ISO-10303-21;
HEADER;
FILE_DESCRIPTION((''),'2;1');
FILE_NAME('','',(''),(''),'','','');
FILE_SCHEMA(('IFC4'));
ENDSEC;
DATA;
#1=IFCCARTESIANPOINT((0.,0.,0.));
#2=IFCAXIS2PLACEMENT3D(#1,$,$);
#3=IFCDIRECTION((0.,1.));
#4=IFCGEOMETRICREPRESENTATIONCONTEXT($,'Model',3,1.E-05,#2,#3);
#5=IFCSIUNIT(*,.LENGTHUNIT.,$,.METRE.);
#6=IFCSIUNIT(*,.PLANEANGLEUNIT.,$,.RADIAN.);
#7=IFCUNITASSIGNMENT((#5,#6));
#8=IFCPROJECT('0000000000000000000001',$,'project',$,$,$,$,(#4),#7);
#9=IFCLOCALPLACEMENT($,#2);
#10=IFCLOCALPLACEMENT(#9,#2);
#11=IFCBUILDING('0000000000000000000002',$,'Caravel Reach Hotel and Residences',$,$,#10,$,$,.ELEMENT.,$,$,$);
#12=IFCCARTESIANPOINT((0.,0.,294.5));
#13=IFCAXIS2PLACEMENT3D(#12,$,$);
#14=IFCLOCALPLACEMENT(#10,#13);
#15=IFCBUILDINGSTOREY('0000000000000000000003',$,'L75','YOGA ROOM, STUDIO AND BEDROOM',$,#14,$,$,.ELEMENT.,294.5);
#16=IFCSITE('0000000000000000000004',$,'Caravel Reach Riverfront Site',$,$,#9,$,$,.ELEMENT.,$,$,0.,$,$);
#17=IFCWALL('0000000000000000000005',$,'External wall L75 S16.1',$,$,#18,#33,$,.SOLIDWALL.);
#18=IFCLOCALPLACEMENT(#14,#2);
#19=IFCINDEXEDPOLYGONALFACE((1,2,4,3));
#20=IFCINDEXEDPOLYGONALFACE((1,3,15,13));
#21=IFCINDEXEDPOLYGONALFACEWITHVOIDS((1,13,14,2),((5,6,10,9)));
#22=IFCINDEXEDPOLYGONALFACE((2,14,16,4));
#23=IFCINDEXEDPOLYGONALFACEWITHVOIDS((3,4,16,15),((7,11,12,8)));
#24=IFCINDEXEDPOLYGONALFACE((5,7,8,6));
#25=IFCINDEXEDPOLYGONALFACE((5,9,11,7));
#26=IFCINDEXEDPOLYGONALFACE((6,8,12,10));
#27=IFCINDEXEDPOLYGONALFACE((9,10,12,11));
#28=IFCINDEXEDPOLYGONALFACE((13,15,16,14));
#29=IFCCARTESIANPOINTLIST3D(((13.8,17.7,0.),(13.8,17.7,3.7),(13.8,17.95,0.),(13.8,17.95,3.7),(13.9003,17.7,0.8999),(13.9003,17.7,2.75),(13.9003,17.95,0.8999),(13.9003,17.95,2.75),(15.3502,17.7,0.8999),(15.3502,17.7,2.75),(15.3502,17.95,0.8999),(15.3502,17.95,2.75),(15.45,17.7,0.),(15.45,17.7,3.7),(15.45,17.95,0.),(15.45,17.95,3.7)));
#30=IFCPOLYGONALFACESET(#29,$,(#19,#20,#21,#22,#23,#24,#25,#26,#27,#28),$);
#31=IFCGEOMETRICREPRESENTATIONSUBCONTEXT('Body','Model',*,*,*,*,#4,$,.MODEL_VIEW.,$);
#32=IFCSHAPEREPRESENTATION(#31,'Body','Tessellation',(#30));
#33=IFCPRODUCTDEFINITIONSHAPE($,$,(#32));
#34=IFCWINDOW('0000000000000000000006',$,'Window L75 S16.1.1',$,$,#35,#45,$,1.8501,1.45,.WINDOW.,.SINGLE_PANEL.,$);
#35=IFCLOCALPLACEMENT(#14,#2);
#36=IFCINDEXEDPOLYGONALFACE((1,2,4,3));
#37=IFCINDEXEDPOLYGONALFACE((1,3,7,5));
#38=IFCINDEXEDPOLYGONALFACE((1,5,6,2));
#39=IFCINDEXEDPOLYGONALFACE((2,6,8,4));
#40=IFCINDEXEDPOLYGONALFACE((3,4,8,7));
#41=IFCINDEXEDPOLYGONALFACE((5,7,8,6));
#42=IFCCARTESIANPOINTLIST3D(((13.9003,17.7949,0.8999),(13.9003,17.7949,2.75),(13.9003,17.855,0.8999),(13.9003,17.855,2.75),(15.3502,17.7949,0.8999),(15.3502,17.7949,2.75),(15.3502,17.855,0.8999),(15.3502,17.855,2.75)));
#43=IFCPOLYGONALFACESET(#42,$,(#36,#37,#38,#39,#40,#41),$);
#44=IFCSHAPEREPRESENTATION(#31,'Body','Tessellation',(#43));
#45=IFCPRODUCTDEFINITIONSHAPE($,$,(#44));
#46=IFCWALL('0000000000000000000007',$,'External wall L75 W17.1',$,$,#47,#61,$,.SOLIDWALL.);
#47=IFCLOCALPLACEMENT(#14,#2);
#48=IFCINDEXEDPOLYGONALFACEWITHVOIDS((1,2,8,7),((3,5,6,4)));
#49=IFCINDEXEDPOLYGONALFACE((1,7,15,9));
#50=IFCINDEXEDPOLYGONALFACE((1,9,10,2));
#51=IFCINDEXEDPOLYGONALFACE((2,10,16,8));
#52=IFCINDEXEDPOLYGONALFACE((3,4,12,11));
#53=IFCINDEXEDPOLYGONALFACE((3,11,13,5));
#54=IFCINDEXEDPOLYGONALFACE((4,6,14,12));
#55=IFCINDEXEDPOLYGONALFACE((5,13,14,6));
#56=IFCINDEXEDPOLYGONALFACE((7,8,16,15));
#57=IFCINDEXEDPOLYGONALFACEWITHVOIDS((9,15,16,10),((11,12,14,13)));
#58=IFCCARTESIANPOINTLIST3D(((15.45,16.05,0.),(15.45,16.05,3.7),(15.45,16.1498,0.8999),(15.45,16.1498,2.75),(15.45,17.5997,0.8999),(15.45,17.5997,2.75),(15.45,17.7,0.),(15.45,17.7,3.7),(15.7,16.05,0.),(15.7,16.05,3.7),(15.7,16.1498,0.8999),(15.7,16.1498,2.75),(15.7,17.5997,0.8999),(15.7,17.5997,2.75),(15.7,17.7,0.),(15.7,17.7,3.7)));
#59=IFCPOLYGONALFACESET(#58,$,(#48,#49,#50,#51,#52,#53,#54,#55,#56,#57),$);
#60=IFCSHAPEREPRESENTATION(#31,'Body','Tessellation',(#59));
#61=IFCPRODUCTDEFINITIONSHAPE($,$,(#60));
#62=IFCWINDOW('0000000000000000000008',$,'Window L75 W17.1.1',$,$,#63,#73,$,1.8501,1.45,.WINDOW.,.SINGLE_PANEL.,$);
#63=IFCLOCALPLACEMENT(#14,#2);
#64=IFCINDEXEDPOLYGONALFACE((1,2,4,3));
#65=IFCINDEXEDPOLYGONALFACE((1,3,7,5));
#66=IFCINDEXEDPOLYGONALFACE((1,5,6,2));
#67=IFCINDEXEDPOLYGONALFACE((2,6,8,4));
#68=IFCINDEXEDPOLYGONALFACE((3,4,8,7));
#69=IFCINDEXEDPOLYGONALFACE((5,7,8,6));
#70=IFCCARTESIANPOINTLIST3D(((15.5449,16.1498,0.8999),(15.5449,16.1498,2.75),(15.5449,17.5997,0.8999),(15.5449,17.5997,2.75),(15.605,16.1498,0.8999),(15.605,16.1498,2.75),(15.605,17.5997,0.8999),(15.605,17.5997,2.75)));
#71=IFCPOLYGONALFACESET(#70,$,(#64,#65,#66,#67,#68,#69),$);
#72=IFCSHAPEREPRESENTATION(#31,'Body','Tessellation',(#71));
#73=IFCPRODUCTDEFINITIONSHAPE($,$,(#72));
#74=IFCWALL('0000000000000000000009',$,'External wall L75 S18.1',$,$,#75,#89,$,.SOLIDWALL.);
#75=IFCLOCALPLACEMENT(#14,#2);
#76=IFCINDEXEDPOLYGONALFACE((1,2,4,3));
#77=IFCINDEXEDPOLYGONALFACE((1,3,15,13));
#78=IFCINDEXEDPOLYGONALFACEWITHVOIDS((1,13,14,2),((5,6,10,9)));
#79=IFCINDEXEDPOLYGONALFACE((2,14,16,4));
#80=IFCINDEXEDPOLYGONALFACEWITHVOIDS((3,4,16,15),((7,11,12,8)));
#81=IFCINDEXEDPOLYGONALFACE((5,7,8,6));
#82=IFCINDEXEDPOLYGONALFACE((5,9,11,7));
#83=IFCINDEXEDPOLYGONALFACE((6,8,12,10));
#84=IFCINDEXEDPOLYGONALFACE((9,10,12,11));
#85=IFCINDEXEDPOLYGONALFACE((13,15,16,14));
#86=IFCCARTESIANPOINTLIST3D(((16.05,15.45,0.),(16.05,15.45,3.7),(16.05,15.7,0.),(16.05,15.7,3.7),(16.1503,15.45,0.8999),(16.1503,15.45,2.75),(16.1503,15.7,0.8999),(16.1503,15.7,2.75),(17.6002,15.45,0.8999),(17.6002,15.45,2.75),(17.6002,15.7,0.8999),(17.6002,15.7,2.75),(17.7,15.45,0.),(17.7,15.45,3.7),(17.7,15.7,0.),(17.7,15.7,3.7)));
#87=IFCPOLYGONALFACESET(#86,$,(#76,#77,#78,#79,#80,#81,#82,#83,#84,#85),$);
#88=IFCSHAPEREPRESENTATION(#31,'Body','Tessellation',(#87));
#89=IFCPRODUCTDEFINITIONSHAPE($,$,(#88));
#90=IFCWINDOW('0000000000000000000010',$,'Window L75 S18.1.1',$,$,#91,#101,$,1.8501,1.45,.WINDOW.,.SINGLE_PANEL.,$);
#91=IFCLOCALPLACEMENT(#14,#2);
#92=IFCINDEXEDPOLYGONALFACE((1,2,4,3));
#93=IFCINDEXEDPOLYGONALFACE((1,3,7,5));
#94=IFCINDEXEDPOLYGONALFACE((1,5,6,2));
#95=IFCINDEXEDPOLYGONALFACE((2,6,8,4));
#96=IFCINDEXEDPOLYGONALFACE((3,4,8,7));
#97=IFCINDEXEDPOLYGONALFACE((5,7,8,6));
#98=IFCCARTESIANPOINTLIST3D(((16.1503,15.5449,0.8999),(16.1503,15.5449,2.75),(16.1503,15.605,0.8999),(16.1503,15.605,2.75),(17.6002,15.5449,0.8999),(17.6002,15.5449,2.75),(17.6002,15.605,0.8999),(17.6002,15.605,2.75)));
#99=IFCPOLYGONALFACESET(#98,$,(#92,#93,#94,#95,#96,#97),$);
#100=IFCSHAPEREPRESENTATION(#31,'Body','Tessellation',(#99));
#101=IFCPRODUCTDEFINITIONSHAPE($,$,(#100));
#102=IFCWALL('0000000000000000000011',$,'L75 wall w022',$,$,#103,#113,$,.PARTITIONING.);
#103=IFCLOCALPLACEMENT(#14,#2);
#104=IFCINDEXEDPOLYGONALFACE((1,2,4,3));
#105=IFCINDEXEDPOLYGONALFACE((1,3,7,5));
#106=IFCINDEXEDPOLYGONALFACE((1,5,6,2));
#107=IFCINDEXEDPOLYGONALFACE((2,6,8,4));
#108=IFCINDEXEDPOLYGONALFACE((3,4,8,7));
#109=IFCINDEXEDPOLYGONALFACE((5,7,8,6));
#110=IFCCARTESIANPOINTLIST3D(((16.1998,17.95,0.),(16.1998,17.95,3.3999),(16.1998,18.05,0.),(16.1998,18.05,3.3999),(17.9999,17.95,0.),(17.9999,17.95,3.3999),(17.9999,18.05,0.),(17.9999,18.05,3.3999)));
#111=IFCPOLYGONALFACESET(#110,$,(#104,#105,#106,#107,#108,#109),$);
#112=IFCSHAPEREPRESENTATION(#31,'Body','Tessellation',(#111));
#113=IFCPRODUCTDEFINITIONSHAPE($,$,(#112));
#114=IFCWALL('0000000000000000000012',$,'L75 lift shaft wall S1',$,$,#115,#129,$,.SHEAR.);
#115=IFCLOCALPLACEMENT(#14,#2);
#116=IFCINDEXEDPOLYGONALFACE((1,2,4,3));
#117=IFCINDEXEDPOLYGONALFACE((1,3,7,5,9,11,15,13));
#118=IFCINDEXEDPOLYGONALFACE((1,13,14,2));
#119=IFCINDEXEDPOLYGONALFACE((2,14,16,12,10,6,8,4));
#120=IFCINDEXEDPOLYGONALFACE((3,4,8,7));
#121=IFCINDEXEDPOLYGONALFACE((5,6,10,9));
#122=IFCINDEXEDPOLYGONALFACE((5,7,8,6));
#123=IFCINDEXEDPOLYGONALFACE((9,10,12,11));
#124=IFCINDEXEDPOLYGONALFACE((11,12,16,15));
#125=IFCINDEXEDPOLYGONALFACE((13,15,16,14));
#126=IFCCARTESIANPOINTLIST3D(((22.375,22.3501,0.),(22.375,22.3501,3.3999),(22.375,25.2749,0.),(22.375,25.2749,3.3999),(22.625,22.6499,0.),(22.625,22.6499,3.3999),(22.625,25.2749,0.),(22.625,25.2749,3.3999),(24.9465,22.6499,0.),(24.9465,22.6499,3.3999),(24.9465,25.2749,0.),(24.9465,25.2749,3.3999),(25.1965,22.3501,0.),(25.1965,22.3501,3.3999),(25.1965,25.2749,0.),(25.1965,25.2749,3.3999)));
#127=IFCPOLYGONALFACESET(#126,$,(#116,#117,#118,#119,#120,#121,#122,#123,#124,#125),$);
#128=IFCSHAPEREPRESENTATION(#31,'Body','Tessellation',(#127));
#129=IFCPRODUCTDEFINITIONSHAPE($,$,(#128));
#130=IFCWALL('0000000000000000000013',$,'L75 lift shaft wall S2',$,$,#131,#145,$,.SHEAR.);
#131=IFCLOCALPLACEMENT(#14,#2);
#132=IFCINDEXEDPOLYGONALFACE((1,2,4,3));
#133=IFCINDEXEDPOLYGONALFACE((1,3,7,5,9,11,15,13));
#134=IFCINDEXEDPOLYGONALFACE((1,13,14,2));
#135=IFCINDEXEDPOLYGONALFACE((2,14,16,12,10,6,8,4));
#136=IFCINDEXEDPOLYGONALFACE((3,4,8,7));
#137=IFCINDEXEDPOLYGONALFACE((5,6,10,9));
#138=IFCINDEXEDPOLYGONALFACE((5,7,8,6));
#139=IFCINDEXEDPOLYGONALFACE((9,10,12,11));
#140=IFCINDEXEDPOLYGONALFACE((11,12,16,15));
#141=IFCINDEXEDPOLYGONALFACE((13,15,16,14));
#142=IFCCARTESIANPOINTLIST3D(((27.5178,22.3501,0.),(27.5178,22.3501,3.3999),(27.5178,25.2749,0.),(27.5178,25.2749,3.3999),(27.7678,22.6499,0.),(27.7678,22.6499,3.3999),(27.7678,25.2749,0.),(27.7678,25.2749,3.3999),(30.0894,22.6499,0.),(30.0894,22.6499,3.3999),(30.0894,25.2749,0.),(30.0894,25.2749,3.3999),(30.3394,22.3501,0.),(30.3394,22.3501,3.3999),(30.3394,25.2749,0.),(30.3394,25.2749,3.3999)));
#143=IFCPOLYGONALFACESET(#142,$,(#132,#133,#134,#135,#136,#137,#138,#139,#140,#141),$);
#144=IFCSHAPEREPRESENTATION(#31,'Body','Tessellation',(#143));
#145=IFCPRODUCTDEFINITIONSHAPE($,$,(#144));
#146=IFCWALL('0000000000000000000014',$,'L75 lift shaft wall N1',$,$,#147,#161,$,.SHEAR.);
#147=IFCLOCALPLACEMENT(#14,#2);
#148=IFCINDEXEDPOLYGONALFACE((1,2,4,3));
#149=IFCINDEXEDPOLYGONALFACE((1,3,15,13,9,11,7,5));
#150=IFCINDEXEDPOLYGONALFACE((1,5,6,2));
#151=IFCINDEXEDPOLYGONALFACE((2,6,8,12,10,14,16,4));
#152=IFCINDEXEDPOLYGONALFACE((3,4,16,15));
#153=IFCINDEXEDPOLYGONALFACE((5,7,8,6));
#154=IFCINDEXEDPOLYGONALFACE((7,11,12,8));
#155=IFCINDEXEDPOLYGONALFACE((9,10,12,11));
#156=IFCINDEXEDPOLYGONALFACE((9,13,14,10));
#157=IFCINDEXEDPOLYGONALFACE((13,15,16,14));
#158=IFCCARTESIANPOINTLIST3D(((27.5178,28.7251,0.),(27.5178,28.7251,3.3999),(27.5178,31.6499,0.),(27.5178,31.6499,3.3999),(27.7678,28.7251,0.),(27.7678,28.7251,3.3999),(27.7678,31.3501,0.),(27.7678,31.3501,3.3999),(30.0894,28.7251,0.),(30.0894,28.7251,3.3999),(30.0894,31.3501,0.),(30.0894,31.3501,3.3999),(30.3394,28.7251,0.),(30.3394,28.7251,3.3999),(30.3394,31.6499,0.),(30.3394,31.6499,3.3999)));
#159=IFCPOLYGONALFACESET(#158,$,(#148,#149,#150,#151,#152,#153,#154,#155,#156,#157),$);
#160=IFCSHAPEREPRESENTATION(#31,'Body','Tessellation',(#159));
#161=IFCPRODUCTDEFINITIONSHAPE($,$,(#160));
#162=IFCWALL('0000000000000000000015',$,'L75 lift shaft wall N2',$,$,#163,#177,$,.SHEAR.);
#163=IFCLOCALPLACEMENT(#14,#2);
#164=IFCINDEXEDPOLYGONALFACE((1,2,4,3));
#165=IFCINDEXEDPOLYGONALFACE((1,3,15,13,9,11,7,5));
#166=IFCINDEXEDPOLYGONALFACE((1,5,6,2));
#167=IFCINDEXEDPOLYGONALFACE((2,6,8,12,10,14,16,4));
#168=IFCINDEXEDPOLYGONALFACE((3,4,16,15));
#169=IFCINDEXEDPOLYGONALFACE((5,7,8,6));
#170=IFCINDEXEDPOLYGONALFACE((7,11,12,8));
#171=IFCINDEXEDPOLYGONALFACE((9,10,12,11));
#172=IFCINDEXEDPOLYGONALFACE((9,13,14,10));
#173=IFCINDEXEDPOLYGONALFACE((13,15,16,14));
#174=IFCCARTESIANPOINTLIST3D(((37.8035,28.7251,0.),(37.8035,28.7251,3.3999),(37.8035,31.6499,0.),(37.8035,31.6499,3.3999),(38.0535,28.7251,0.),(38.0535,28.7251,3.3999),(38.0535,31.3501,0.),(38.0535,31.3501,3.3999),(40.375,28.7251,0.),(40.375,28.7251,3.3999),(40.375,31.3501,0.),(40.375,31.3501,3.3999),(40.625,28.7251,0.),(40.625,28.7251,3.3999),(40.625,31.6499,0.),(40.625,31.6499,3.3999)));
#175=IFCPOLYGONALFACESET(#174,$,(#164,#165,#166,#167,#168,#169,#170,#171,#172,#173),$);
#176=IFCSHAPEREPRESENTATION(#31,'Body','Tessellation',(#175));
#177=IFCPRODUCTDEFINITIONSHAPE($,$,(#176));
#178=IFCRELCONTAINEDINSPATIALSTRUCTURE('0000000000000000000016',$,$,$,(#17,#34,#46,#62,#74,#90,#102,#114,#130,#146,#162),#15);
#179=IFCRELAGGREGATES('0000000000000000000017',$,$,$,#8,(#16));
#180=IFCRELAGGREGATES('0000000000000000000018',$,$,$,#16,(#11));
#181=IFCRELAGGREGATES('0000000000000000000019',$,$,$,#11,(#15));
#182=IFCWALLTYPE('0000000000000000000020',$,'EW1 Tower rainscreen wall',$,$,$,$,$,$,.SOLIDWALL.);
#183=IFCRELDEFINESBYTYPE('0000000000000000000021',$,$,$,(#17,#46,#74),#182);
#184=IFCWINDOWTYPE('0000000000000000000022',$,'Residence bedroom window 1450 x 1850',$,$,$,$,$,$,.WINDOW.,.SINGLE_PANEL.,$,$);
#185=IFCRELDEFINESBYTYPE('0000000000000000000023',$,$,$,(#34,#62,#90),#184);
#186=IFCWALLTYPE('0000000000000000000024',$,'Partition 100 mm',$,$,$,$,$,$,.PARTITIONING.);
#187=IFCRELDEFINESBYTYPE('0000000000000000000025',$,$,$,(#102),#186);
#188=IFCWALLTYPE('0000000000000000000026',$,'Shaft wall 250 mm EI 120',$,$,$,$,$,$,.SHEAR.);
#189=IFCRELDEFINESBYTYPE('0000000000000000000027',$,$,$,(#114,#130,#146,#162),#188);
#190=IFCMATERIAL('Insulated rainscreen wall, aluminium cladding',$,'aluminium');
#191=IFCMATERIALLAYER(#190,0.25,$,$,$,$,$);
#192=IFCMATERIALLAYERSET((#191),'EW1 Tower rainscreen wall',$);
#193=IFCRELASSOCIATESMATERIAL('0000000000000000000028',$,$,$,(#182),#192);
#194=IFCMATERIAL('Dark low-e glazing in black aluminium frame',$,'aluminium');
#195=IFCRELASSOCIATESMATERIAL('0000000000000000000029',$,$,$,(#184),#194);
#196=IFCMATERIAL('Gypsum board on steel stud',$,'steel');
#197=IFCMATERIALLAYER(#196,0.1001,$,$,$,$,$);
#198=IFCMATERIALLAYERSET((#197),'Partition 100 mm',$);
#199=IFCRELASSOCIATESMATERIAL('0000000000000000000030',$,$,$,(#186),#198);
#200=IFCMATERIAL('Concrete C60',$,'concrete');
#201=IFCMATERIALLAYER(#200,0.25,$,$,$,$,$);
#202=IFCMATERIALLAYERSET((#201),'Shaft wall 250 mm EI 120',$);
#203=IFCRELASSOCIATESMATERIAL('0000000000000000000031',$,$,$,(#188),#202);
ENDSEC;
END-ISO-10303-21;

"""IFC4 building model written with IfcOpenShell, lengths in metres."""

from ifc_helpers import new_model, si_unit, direction, frame, frame_2d, origin, place, context, subcontext, project, spatial, polyline, rectangle, outline, extrude, material, layer, layer_set, type_object, element, fill, save


model = new_model("IFC4")

# Units and contexts
model_context = context("Model", 3, precision=1e-05, world=origin(), true_north=direction((0.0, 1.0)))
body_context = subcontext(model_context, "Body", "Model", "MODEL_VIEW")
ifc_project = project(units=[si_unit("LENGTHUNIT", "METRE"), si_unit("PLANEANGLEUNIT", "RADIAN")], contexts=[model_context])

# Site, building, storey
site_placement = place(None, origin())
site = spatial("IfcSite", under=ifc_project, at=site_placement, Name="Caravel Reach Riverfront Site", CompositionType="ELEMENT", RefElevation=0.0)
building_placement = place(site_placement, origin())
building = spatial("IfcBuilding", under=site, at=building_placement, Name="Caravel Reach Hotel and Residences", CompositionType="ELEMENT")
storey_placement = place(building_placement, frame((0.0, 0.0, 294.5)))
storey = spatial("IfcBuildingStorey", under=building, at=storey_placement, Name="L75", Description="YOGA ROOM, STUDIO AND BEDROOM", CompositionType="ELEMENT", Elevation=294.5)

# Walls, openings, windows
ifc_material_1 = material(Name="Insulated rainscreen wall, aluminium cladding", Category="aluminium")
ifc_layer_1 = layer(ifc_material_1, 0.25)
ifc_layer_set_1 = layer_set([ifc_layer_1], Name="EW1 Tower rainscreen wall")
wall_type_1 = type_object("IfcWallType", Name="EW1 Tower rainscreen wall", PredefinedType="SOLIDWALL", material=ifc_layer_set_1)
wall_1_placement = place(storey_placement, frame((13.8, 17.825, 0.0), z_axis=(0.0, 0.0, 1.0), x_axis=(1.0, 0.0, 0.0)))
wall_1 = element("IfcWall", 1, at=wall_1_placement, inside=storey, type_object=wall_type_1, Name="External wall L75 S16.1", PredefinedType="SOLIDWALL", context=body_context, shape_type="SweptSolid", body=[
    extrude(rectangle(XDim=1.6499, YDim=0.25, at=frame_2d((0.825, 0.0))), origin(), (0.0, 0.0, 1.0), 3.7),
])
opening_1_placement = place(wall_1_placement, frame((0.1001, 0.0, 0.8999)))
opening_1 = element("IfcOpeningElement", 2, at=opening_1_placement, cuts=wall_1, PredefinedType="OPENING", context=body_context, shape_type="SweptSolid", body=[
    extrude(rectangle(XDim=1.45, YDim=1.8501, at=frame_2d((0.7251, 0.925))), frame((0.0, 0.135, 0.0), z_axis=(0.0, -1.0, 0.0), x_axis=(1.0, 0.0, 0.0)), (0.0, 0.0, 1.0), 0.27),
])
ifc_material_2 = material(Name="Dark low-e glazing in black aluminium frame", Category="aluminium")
window_type = type_object("IfcWindowType", Name="Residence bedroom window 1450 x 1850", PartitioningType="SINGLE_PANEL", PredefinedType="WINDOW", material=ifc_material_2)
window_1_placement = place(opening_1_placement, origin())
window_1 = element("IfcWindow", 3, at=window_1_placement, inside=storey, type_object=window_type, Name="Window L75 S16.1.1", OverallHeight=1.8501, OverallWidth=1.45, PartitioningType="SINGLE_PANEL", PredefinedType="WINDOW", context=body_context, shape_type="SweptSolid", body=[
    extrude(rectangle(XDim=1.45, YDim=1.8501, at=frame_2d((0.7251, 0.925))), frame((0.0, 0.03, 0.0), z_axis=(0.0, -1.0, 0.0), x_axis=(1.0, 0.0, 0.0)), (0.0, 0.0, 1.0), 0.0601),
])
fill(opening_1, window_1)
wall_2_placement = place(storey_placement, frame((15.575, 17.7, 0.0), z_axis=(0.0, 0.0, 1.0), x_axis=(0.0, -1.0, 0.0)))
wall_2 = element("IfcWall", 4, at=wall_2_placement, inside=storey, type_object=wall_type_1, Name="External wall L75 W17.1", PredefinedType="SOLIDWALL", context=body_context, shape_type="SweptSolid", body=[
    extrude(rectangle(XDim=1.6499, YDim=0.25, at=frame_2d((0.825, 0.0))), origin(), (0.0, 0.0, 1.0), 3.7),
])
opening_2_placement = place(wall_2_placement, frame((0.1001, 0.0, 0.8999)))
opening_2 = element("IfcOpeningElement", 5, at=opening_2_placement, cuts=wall_2, PredefinedType="OPENING", context=body_context, shape_type="SweptSolid", body=[
    extrude(rectangle(XDim=1.45, YDim=1.8501, at=frame_2d((0.7251, 0.925))), frame((0.0, 0.135, 0.0), z_axis=(0.0, -1.0, 0.0), x_axis=(1.0, 0.0, 0.0)), (0.0, 0.0, 1.0), 0.27),
])
window_2_placement = place(opening_2_placement, origin())
window_2 = element("IfcWindow", 6, at=window_2_placement, inside=storey, type_object=window_type, Name="Window L75 W17.1.1", OverallHeight=1.8501, OverallWidth=1.45, PartitioningType="SINGLE_PANEL", PredefinedType="WINDOW", context=body_context, shape_type="SweptSolid", body=[
    extrude(rectangle(XDim=1.45, YDim=1.8501, at=frame_2d((0.7251, 0.925))), frame((0.0, 0.03, 0.0), z_axis=(0.0, -1.0, 0.0), x_axis=(1.0, 0.0, 0.0)), (0.0, 0.0, 1.0), 0.0601),
])
fill(opening_2, window_2)
wall_3_placement = place(storey_placement, frame((16.05, 15.575, 0.0), z_axis=(0.0, 0.0, 1.0), x_axis=(1.0, 0.0, 0.0)))
wall_3 = element("IfcWall", 7, at=wall_3_placement, inside=storey, type_object=wall_type_1, Name="External wall L75 S18.1", PredefinedType="SOLIDWALL", context=body_context, shape_type="SweptSolid", body=[
    extrude(rectangle(XDim=1.6499, YDim=0.25, at=frame_2d((0.825, 0.0))), origin(), (0.0, 0.0, 1.0), 3.7),
])
opening_3_placement = place(wall_3_placement, frame((0.1001, 0.0, 0.8999)))
opening_3 = element("IfcOpeningElement", 8, at=opening_3_placement, cuts=wall_3, PredefinedType="OPENING", context=body_context, shape_type="SweptSolid", body=[
    extrude(rectangle(XDim=1.45, YDim=1.8501, at=frame_2d((0.7251, 0.925))), frame((0.0, 0.135, 0.0), z_axis=(0.0, -1.0, 0.0), x_axis=(1.0, 0.0, 0.0)), (0.0, 0.0, 1.0), 0.27),
])
window_3_placement = place(opening_3_placement, origin())
window_3 = element("IfcWindow", 9, at=window_3_placement, inside=storey, type_object=window_type, Name="Window L75 S18.1.1", OverallHeight=1.8501, OverallWidth=1.45, PartitioningType="SINGLE_PANEL", PredefinedType="WINDOW", context=body_context, shape_type="SweptSolid", body=[
    extrude(rectangle(XDim=1.45, YDim=1.8501, at=frame_2d((0.7251, 0.925))), frame((0.0, 0.03, 0.0), z_axis=(0.0, -1.0, 0.0), x_axis=(1.0, 0.0, 0.0)), (0.0, 0.0, 1.0), 0.0601),
])
fill(opening_3, window_3)

# Walls
ifc_material_3 = material(Name="Gypsum board on steel stud", Category="steel")
ifc_layer_2 = layer(ifc_material_3, 0.1001)
ifc_layer_set_2 = layer_set([ifc_layer_2], Name="Partition 100 mm")
wall_type_2 = type_object("IfcWallType", Name="Partition 100 mm", PredefinedType="PARTITIONING", material=ifc_layer_set_2)
wall_4_placement = place(storey_placement, frame((16.2, 18.0, 0.0), z_axis=(0.0, 0.0, 1.0), x_axis=(1.0, 0.0, 0.0)))
element("IfcWall", 10, at=wall_4_placement, inside=storey, type_object=wall_type_2, Name="L75 wall w022", PredefinedType="PARTITIONING", context=body_context, shape_type="SweptSolid", body=[
    extrude(rectangle(XDim=1.8, YDim=0.1001, at=frame_2d((0.8999, 0.0))), origin(), (0.0, 0.0, 1.0), 3.3999),
])
ifc_material_4 = material(Name="Concrete C60", Category="concrete")
ifc_layer_3 = layer(ifc_material_4, 0.25)
ifc_layer_set_3 = layer_set([ifc_layer_3], Name="Shaft wall 250 mm EI 120")
wall_type_3 = type_object("IfcWallType", Name="Shaft wall 250 mm EI 120", PredefinedType="SHEAR", material=ifc_layer_set_3)
wall_5_placement = place(storey_placement, origin())
element("IfcWall", 11, at=wall_5_placement, inside=storey, type_object=wall_type_3, Name="L75 lift shaft wall S1", PredefinedType="SHEAR", context=body_context, shape_type="SweptSolid", body=[
    extrude(outline(polyline([(22.375, 22.3501), (25.1965, 22.3501), (25.1965, 25.2749), (24.9465, 25.2749), (24.9465, 22.6499), (22.625, 22.6499), (22.625, 25.2749), (22.375, 25.2749), (22.375, 22.3501)])), origin(), (0.0, 0.0, 1.0), 3.3999),
])
wall_6_placement = place(storey_placement, origin())
element("IfcWall", 12, at=wall_6_placement, inside=storey, type_object=wall_type_3, Name="L75 lift shaft wall S2", PredefinedType="SHEAR", context=body_context, shape_type="SweptSolid", body=[
    extrude(outline(polyline([(27.5178, 22.3501), (30.3394, 22.3501), (30.3394, 25.2749), (30.0894, 25.2749), (30.0894, 22.6499), (27.7678, 22.6499), (27.7678, 25.2749), (27.5178, 25.2749), (27.5178, 22.3501)])), origin(), (0.0, 0.0, 1.0), 3.3999),
])
wall_7_placement = place(storey_placement, origin())
element("IfcWall", 13, at=wall_7_placement, inside=storey, type_object=wall_type_3, Name="L75 lift shaft wall N1", PredefinedType="SHEAR", context=body_context, shape_type="SweptSolid", body=[
    extrude(outline(polyline([(27.5178, 28.7251), (27.7678, 28.7251), (27.7678, 31.3501), (30.0894, 31.3501), (30.0894, 28.7251), (30.3394, 28.7251), (30.3394, 31.6499), (27.5178, 31.6499), (27.5178, 28.7251)])), origin(), (0.0, 0.0, 1.0), 3.3999),
])
wall_8_placement = place(storey_placement, origin())
element("IfcWall", 14, at=wall_8_placement, inside=storey, type_object=wall_type_3, Name="L75 lift shaft wall N2", PredefinedType="SHEAR", context=body_context, shape_type="SweptSolid", body=[
    extrude(outline(polyline([(37.8035, 28.7251), (38.0535, 28.7251), (38.0535, 31.3501), (40.375, 31.3501), (40.375, 28.7251), (40.625, 28.7251), (40.625, 31.6499), (37.8035, 31.6499), (37.8035, 28.7251)])), origin(), (0.0, 0.0, 1.0), 3.3999),
])

save(model, "model.ifc")
